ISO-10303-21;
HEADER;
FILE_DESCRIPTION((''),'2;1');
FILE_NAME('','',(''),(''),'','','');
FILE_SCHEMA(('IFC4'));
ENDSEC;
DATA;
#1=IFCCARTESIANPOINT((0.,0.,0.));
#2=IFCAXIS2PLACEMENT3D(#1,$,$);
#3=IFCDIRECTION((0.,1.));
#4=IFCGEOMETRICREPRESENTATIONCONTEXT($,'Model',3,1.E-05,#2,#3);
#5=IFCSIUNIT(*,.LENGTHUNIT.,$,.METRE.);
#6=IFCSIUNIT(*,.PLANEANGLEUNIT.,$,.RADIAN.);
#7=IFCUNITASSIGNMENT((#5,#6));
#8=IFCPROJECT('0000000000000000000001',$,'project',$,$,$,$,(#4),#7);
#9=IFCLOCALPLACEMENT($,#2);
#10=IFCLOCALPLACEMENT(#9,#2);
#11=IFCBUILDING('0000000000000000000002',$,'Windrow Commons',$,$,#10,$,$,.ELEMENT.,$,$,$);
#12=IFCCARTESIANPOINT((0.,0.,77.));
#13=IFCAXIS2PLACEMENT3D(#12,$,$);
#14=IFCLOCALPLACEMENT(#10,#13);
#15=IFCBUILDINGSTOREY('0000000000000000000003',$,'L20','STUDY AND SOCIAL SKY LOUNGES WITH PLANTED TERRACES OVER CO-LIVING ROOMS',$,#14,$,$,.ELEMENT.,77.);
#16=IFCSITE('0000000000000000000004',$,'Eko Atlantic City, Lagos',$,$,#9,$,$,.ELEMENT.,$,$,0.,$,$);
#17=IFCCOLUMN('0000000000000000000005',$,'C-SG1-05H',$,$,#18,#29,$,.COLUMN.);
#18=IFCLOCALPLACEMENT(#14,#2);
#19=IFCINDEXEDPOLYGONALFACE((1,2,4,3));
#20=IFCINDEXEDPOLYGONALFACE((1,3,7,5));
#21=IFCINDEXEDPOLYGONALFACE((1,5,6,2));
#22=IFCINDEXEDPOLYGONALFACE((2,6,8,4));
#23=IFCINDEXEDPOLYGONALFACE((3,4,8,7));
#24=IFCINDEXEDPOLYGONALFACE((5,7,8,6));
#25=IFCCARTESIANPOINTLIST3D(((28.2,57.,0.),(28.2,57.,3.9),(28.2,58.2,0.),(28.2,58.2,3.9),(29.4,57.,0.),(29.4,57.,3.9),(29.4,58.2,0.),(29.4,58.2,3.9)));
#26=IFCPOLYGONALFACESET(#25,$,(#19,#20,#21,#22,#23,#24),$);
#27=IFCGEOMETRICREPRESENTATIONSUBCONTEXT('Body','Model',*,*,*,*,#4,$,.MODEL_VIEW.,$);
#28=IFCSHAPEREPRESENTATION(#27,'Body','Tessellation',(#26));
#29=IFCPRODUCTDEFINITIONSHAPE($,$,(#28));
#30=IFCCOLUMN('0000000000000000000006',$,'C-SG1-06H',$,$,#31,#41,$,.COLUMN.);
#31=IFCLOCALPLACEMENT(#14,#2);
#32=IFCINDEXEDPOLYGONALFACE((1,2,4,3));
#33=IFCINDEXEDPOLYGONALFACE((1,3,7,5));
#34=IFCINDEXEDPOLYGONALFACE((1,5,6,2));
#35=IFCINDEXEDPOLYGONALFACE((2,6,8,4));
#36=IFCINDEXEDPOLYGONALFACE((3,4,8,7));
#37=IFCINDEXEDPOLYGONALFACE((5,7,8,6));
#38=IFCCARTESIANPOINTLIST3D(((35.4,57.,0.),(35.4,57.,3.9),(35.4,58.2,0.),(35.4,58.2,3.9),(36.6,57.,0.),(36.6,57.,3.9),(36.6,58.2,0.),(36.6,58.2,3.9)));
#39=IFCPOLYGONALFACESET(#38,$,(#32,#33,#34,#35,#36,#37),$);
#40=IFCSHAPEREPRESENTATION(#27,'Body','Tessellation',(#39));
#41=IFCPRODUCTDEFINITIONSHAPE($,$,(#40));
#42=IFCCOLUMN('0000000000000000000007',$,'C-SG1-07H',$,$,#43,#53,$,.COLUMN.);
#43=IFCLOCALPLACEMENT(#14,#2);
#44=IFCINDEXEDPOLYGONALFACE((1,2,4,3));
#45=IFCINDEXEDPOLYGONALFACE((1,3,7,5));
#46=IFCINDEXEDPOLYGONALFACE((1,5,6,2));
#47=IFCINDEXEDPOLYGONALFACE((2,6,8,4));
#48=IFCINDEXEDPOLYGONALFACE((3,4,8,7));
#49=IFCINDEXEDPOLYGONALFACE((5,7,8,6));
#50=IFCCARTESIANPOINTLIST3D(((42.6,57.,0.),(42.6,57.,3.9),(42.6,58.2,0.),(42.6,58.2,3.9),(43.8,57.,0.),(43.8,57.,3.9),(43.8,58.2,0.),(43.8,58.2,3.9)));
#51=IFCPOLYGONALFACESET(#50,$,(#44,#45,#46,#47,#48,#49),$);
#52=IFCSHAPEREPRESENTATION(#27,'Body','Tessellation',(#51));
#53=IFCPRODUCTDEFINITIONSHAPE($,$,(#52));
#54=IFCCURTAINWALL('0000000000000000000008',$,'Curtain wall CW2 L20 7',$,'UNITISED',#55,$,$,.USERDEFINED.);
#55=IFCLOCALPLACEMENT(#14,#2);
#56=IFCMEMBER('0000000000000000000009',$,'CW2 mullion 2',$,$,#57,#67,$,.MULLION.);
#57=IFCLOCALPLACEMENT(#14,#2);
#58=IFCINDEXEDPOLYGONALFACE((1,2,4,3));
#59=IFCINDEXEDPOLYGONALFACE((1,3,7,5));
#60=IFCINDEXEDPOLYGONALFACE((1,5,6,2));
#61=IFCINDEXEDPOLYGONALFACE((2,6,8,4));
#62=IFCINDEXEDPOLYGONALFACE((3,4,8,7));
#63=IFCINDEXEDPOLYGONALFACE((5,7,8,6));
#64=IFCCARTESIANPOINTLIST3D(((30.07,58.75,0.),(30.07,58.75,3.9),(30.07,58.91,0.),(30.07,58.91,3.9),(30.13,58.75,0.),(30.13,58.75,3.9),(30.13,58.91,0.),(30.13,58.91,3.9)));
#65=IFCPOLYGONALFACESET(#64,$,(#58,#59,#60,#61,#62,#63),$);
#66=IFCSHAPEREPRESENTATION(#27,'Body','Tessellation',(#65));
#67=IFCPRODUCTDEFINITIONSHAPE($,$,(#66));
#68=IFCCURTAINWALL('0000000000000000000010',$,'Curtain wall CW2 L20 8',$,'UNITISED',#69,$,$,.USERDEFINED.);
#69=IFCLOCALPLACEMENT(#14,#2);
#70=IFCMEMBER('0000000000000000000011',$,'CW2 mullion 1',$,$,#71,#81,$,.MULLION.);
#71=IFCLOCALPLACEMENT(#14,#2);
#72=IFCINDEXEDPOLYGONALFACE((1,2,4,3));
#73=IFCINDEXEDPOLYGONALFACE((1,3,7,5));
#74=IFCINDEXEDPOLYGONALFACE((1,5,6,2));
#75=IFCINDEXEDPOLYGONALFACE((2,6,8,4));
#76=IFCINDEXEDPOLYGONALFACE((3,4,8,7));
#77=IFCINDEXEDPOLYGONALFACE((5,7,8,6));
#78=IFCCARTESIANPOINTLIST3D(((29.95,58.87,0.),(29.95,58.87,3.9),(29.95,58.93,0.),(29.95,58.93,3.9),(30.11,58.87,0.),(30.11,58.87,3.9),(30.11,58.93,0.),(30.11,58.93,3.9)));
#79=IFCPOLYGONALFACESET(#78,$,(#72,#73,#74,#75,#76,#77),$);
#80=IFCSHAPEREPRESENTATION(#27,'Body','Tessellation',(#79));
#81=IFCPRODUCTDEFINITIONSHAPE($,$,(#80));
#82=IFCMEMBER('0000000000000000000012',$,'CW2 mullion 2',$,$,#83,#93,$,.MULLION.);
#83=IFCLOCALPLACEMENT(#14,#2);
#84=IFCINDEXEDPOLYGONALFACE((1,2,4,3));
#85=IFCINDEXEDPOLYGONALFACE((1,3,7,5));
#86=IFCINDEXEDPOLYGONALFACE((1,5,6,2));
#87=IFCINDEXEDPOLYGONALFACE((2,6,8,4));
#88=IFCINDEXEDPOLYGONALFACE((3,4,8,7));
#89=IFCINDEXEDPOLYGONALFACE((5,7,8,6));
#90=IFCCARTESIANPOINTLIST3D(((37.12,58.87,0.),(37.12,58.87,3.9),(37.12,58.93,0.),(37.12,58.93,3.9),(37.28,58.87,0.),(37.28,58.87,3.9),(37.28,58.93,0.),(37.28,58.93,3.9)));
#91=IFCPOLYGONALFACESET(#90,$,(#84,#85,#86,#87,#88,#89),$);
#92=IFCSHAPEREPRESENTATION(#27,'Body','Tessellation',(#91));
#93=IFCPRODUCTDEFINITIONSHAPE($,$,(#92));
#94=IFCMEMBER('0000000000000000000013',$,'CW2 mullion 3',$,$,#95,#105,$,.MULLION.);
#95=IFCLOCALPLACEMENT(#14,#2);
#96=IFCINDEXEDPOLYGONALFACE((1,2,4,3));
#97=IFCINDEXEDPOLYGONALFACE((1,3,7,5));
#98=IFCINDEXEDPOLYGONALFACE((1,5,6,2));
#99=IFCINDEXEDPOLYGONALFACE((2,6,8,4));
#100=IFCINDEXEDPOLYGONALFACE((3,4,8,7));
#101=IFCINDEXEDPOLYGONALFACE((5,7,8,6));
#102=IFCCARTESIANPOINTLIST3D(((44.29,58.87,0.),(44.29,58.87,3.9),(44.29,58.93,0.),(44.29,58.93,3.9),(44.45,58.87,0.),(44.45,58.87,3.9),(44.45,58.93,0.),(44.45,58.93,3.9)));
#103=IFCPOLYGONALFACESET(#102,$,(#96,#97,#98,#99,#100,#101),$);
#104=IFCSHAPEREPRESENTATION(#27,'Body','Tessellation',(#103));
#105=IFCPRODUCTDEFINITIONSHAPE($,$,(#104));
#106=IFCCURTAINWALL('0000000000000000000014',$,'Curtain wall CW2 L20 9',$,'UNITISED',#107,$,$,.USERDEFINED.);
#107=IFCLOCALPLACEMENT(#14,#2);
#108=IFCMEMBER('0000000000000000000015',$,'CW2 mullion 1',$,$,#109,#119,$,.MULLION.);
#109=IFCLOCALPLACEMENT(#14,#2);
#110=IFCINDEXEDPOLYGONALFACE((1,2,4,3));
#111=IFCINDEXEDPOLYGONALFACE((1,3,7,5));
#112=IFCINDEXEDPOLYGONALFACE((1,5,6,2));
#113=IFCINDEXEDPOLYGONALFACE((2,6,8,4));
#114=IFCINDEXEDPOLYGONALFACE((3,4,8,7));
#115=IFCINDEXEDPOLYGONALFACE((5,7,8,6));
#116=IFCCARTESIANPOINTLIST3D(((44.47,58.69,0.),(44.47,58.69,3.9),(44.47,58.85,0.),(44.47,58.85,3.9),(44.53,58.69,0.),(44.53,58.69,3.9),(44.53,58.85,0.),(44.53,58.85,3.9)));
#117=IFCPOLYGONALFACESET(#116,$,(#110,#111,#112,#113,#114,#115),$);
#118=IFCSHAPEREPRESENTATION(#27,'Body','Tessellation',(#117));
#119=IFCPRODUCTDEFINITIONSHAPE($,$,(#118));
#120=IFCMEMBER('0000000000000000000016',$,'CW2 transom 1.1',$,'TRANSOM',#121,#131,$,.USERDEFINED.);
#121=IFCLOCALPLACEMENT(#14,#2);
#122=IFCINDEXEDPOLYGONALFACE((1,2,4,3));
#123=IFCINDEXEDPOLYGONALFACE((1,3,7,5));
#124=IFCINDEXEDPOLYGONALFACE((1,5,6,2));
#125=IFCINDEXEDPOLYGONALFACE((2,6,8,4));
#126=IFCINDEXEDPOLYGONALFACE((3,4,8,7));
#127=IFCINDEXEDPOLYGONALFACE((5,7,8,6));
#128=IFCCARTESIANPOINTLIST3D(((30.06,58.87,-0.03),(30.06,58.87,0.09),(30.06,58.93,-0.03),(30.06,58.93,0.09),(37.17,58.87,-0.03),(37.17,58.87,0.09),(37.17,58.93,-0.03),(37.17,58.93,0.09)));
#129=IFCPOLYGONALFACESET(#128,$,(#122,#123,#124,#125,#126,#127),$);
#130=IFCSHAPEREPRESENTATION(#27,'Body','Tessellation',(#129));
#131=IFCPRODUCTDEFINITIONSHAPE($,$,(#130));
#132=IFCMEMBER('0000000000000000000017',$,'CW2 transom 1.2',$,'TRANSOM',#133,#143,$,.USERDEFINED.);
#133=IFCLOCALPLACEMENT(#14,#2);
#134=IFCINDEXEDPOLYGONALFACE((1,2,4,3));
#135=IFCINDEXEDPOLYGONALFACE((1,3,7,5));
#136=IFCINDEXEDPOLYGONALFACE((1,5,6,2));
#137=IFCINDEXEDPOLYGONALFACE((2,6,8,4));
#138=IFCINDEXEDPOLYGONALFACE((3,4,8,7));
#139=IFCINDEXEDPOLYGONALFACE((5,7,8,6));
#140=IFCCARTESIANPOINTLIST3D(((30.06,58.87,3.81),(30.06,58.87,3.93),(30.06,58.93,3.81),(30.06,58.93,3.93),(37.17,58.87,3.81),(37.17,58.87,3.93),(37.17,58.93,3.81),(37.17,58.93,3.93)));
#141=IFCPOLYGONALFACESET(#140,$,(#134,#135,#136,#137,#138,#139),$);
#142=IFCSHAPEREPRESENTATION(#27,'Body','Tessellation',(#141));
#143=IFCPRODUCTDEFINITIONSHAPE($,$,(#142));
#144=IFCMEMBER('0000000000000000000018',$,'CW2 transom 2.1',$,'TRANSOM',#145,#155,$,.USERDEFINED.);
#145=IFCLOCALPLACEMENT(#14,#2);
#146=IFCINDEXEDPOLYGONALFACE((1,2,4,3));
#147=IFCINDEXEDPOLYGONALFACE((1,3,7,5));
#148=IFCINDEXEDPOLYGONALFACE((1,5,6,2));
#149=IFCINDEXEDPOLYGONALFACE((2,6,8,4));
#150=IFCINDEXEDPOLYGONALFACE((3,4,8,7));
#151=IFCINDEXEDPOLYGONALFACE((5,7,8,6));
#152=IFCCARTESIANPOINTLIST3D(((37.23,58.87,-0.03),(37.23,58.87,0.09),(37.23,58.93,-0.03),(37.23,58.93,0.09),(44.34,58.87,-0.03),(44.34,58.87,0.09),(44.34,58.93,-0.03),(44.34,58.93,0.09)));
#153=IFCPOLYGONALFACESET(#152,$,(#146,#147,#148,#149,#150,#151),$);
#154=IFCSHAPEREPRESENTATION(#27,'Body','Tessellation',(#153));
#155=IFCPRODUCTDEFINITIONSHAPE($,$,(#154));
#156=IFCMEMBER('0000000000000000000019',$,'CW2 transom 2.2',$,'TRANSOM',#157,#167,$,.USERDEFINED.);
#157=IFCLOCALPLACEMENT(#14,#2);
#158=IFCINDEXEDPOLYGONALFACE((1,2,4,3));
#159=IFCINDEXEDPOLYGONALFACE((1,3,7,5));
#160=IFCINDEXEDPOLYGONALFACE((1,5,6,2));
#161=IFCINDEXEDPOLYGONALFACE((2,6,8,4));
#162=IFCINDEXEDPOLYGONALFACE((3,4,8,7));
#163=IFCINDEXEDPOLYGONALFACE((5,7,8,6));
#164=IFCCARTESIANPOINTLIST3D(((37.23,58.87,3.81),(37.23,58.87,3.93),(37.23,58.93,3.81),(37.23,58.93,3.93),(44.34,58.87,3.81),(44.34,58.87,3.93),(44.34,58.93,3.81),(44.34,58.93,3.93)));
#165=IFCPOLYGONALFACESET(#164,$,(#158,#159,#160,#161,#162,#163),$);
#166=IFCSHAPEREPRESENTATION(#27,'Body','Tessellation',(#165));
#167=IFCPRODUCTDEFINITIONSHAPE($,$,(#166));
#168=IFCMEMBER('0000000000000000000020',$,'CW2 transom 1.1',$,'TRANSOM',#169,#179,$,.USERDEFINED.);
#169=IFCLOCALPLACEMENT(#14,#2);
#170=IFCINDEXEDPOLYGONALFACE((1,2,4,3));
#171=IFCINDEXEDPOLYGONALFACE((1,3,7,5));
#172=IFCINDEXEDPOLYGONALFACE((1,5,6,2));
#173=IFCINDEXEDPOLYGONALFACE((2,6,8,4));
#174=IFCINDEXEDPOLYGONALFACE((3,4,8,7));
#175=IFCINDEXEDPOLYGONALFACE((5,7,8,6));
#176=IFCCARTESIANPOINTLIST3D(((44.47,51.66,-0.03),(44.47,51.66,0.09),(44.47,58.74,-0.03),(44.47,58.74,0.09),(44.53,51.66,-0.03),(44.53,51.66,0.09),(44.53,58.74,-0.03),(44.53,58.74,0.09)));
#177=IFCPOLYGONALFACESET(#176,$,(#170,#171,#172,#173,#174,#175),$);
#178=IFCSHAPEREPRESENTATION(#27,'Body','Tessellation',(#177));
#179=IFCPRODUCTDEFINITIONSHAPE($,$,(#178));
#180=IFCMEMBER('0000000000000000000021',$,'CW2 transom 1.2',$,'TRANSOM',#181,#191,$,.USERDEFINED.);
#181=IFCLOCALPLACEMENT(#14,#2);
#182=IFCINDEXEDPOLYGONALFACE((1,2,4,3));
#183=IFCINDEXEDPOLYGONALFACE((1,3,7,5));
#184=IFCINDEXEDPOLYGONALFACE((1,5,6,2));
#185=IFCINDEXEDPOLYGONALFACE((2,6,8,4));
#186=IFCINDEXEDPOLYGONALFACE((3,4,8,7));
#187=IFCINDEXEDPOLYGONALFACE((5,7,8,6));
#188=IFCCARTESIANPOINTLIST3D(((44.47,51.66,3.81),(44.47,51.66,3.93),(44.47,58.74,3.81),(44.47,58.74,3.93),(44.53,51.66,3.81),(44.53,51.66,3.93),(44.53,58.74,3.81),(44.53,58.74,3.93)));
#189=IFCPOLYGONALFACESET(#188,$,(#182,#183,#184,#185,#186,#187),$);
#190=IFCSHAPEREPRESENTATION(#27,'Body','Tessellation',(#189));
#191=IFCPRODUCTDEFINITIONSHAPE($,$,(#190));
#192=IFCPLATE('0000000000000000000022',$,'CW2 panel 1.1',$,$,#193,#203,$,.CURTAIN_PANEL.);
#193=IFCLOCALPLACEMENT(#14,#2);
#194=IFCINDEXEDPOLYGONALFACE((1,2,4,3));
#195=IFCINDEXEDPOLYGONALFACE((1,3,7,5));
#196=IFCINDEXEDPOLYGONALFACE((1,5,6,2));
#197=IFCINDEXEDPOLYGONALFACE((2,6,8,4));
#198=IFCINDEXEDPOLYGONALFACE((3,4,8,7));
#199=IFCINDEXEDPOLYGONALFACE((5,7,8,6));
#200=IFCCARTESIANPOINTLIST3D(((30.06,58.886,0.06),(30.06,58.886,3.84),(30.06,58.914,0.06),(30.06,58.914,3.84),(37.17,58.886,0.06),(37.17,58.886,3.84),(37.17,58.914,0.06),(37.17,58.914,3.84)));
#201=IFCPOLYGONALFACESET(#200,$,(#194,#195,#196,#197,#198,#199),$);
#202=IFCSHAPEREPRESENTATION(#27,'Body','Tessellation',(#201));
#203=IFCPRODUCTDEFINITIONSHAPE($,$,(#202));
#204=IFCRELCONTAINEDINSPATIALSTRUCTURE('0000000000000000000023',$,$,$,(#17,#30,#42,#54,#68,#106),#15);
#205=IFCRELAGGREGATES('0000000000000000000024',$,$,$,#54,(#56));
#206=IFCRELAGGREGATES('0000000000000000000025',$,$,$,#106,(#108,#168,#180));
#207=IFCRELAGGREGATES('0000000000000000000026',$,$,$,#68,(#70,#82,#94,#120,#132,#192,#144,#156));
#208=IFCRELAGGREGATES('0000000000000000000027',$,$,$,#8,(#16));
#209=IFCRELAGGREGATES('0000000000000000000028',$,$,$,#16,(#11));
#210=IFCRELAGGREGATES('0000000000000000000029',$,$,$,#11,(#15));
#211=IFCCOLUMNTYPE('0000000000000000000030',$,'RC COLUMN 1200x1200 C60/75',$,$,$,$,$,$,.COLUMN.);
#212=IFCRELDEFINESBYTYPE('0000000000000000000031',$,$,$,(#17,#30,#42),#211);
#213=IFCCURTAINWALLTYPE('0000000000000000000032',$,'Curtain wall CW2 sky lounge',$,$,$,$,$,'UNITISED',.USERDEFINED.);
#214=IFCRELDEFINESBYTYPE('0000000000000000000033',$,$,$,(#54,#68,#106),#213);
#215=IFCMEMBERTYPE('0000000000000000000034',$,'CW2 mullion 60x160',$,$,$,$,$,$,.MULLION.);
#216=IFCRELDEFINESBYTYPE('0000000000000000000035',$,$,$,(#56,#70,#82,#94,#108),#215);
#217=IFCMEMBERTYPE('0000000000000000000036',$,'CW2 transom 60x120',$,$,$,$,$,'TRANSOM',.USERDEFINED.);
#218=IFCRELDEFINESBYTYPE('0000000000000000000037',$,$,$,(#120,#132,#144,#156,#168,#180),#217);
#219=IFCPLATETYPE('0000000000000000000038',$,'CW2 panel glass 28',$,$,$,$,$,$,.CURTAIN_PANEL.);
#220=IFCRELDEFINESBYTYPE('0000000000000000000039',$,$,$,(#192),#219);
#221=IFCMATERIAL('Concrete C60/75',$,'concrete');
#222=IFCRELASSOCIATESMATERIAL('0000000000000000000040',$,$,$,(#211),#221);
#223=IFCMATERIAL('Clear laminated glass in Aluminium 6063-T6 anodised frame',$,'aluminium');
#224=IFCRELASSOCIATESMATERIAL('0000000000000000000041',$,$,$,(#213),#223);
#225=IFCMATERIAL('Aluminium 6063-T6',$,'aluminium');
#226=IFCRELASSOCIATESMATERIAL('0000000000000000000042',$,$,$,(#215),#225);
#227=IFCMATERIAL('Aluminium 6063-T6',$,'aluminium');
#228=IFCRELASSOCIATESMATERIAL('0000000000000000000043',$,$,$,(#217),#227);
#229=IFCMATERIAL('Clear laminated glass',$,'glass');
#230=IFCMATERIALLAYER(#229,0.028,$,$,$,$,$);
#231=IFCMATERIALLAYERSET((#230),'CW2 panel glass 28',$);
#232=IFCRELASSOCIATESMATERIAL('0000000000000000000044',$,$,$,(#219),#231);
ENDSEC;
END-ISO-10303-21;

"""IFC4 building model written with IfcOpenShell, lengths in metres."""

from ifc_helpers import new_model, si_unit, direction, frame, origin, origin_2d, place, context, subcontext, project, spatial, rectangle, extrude, material, layer, layer_set, material_profile, profile_set, type_object, element, aggregate, save


model = new_model("IFC4")

# Units and contexts
model_context = context("Model", 3, precision=1e-05, world=origin(), true_north=direction((0.0, 1.0)))
body_context = subcontext(model_context, "Body", "Model", "MODEL_VIEW")
ifc_project = project(units=[si_unit("LENGTHUNIT", "METRE"), si_unit("PLANEANGLEUNIT", "RADIAN")], contexts=[model_context])

# Site, building, storey
site_placement = place(None, origin())
site = spatial("IfcSite", under=ifc_project, at=site_placement, Name="Eko Atlantic City, Lagos", CompositionType="ELEMENT", RefElevation=0.0)
building_placement = place(site_placement, origin())
building = spatial("IfcBuilding", under=site, at=building_placement, Name="Windrow Commons", CompositionType="ELEMENT")
storey_placement = place(building_placement, frame((0.0, 0.0, 77.0)))
storey = spatial("IfcBuildingStorey", under=building, at=storey_placement, Name="L20", Description="STUDY AND SOCIAL SKY LOUNGES WITH PLANTED TERRACES OVER CO-LIVING ROOMS", CompositionType="ELEMENT", Elevation=77.0)

# Columns
ifc_material_1 = material(Name="Concrete C60/75", Category="concrete")
ifc_material_profile_1 = material_profile(ifc_material_1, rectangle(XDim=1.2, YDim=1.2, at=origin_2d()))
ifc_profile_set_1 = profile_set([ifc_material_profile_1], Name="Concrete C60/75")
column_type = type_object("IfcColumnType", Name="RC COLUMN 1200x1200 C60/75", PredefinedType="COLUMN", material=ifc_profile_set_1)
for number, where, z_axis, x_axis, name in (
    (1, (28.8, 57.6, 0.0), (0.0, 0.0, 1.0), (1.0, 0.0, 0.0), "C-SG1-05H"),
    (2, (36.0, 57.6, 0.0), (0.0, 0.0, 1.0), (1.0, 0.0, 0.0), "C-SG1-06H"),
    (3, (43.2, 57.6, 0.0), (0.0, 0.0, 1.0), (1.0, 0.0, 0.0), "C-SG1-07H"),
):
    element("IfcColumn", number, at=place(storey_placement, frame(where, z_axis=z_axis, x_axis=x_axis)), inside=storey, type_object=column_type, Name=name, PredefinedType="COLUMN", context=body_context, shape_type="SweptSolid", body=[
        extrude(rectangle(XDim=1.2, YDim=1.2, at=origin_2d()), origin(), (0.0, 0.0, 1.0), 3.9),
    ])

# Curtain wall, member
ifc_material_2 = material(Name="Clear laminated glass in Aluminium 6063-T6 anodised frame", Category="aluminium")
curtain_wall_type = type_object("IfcCurtainWallType", Name="Curtain wall CW2 sky lounge", ElementType="UNITISED", PredefinedType="USERDEFINED", material=ifc_material_2)
placement = place(storey_placement, origin())
curtain_wall_1 = element("IfcCurtainWall", 4, at=placement, inside=storey, type_object=curtain_wall_type, Name="Curtain wall CW2 L20 7", ObjectType="UNITISED", PredefinedType="USERDEFINED")
ifc_material_3 = material(Name="Aluminium 6063-T6", Category="aluminium")
ifc_material_profile_2 = material_profile(ifc_material_3, rectangle(XDim=0.06, YDim=0.16, at=origin_2d()))
ifc_profile_set_2 = profile_set([ifc_material_profile_2], Name="Aluminium 6063-T6")
member_type_1 = type_object("IfcMemberType", Name="CW2 mullion 60x160", PredefinedType="MULLION", material=ifc_profile_set_2)
member_1_placement = place(storey_placement, frame((30.1, 58.83, 0.0), z_axis=(0.0, 0.0, 1.0), x_axis=(1.0, 0.0, 0.0)))
member_1 = element("IfcMember", 5, at=member_1_placement, type_object=member_type_1, Name="CW2 mullion 2", PredefinedType="MULLION", context=body_context, shape_type="SweptSolid", body=[
    extrude(rectangle(XDim=0.06, YDim=0.16, at=origin_2d()), origin(), (0.0, 0.0, 1.0), 3.9),
])
aggregate(curtain_wall_1, [member_1])

# Curtain wall, members
curtain_wall_2 = element("IfcCurtainWall", 6, at=placement, inside=storey, type_object=curtain_wall_type, Name="Curtain wall CW2 L20 8", ObjectType="UNITISED", PredefinedType="USERDEFINED")
member_2_placement = place(storey_placement, frame((30.03, 58.9, 0.0), z_axis=(0.0, 0.0, 1.0), x_axis=(0.0, 1.0, 0.0)))
member_2 = element("IfcMember", 7, at=member_2_placement, type_object=member_type_1, Name="CW2 mullion 1", PredefinedType="MULLION", context=body_context, shape_type="SweptSolid", body=[
    extrude(rectangle(XDim=0.06, YDim=0.16, at=origin_2d()), origin(), (0.0, 0.0, 1.0), 3.9),
])
member_3_placement = place(storey_placement, frame((37.2, 58.9, 0.0), z_axis=(0.0, 0.0, 1.0), x_axis=(0.0, 1.0, 0.0)))
member_3 = element("IfcMember", 8, at=member_3_placement, type_object=member_type_1, Name="CW2 mullion 2", PredefinedType="MULLION", context=body_context, shape_type="SweptSolid", body=[
    extrude(rectangle(XDim=0.06, YDim=0.16, at=origin_2d()), origin(), (0.0, 0.0, 1.0), 3.9),
])
member_4_placement = place(storey_placement, frame((44.37, 58.9, 0.0), z_axis=(0.0, 0.0, 1.0), x_axis=(0.0, 1.0, 0.0)))
member_4 = element("IfcMember", 9, at=member_4_placement, type_object=member_type_1, Name="CW2 mullion 3", PredefinedType="MULLION", context=body_context, shape_type="SweptSolid", body=[
    extrude(rectangle(XDim=0.06, YDim=0.16, at=origin_2d()), origin(), (0.0, 0.0, 1.0), 3.9),
])

# Curtain wall, member
curtain_wall_3 = element("IfcCurtainWall", 10, at=placement, inside=storey, type_object=curtain_wall_type, Name="Curtain wall CW2 L20 9", ObjectType="UNITISED", PredefinedType="USERDEFINED")
member_5_placement = place(storey_placement, frame((44.5, 58.77, 0.0), z_axis=(0.0, 0.0, 1.0), x_axis=(1.0, 0.0, 0.0)))
member_5 = element("IfcMember", 11, at=member_5_placement, type_object=member_type_1, Name="CW2 mullion 1", PredefinedType="MULLION", context=body_context, shape_type="SweptSolid", body=[
    extrude(rectangle(XDim=0.06, YDim=0.16, at=origin_2d()), origin(), (0.0, 0.0, 1.0), 3.9),
])

# Members
ifc_material_4 = material(Name="Aluminium 6063-T6", Category="aluminium")
ifc_material_profile_3 = material_profile(ifc_material_4, rectangle(XDim=0.06, YDim=0.12, at=origin_2d()))
ifc_profile_set_3 = profile_set([ifc_material_profile_3], Name="Aluminium 6063-T6")
member_type_2 = type_object("IfcMemberType", Name="CW2 transom 60x120", ElementType="TRANSOM", PredefinedType="USERDEFINED", material=ifc_profile_set_3)
member_6_placement = place(storey_placement, frame((30.06, 58.9, 0.03), z_axis=(1.0, 0.0, 0.0), x_axis=(0.0, 1.0, 0.0)))
member_6 = element("IfcMember", 12, at=member_6_placement, type_object=member_type_2, Name="CW2 transom 1.1", ObjectType="TRANSOM", PredefinedType="USERDEFINED", context=body_context, shape_type="SweptSolid", body=[
    extrude(rectangle(XDim=0.06, YDim=0.12, at=origin_2d()), origin(), (0.0, 0.0, 1.0), 7.11),
])
member_7_placement = place(storey_placement, frame((30.06, 58.9, 3.87), z_axis=(1.0, 0.0, 0.0), x_axis=(0.0, 1.0, 0.0)))
member_7 = element("IfcMember", 13, at=member_7_placement, type_object=member_type_2, Name="CW2 transom 1.2", ObjectType="TRANSOM", PredefinedType="USERDEFINED", context=body_context, shape_type="SweptSolid", body=[
    extrude(rectangle(XDim=0.06, YDim=0.12, at=origin_2d()), origin(), (0.0, 0.0, 1.0), 7.11),
])
member_8_placement = place(storey_placement, frame((37.23, 58.9, 0.03), z_axis=(1.0, 0.0, 0.0), x_axis=(0.0, 1.0, 0.0)))
member_8 = element("IfcMember", 14, at=member_8_placement, type_object=member_type_2, Name="CW2 transom 2.1", ObjectType="TRANSOM", PredefinedType="USERDEFINED", context=body_context, shape_type="SweptSolid", body=[
    extrude(rectangle(XDim=0.06, YDim=0.12, at=origin_2d()), origin(), (0.0, 0.0, 1.0), 7.11),
])
member_9_placement = place(storey_placement, frame((37.23, 58.9, 3.87), z_axis=(1.0, 0.0, 0.0), x_axis=(0.0, 1.0, 0.0)))
member_9 = element("IfcMember", 15, at=member_9_placement, type_object=member_type_2, Name="CW2 transom 2.2", ObjectType="TRANSOM", PredefinedType="USERDEFINED", context=body_context, shape_type="SweptSolid", body=[
    extrude(rectangle(XDim=0.06, YDim=0.12, at=origin_2d()), origin(), (0.0, 0.0, 1.0), 7.11),
])
member_10_placement = place(storey_placement, frame((44.5, 58.74, 0.03), z_axis=(0.0, -1.0, 0.0), x_axis=(1.0, 0.0, 0.0)))
member_10 = element("IfcMember", 16, at=member_10_placement, type_object=member_type_2, Name="CW2 transom 1.1", ObjectType="TRANSOM", PredefinedType="USERDEFINED", context=body_context, shape_type="SweptSolid", body=[
    extrude(rectangle(XDim=0.06, YDim=0.12, at=origin_2d()), origin(), (0.0, 0.0, 1.0), 7.08),
])
member_11_placement = place(storey_placement, frame((44.5, 58.74, 3.87), z_axis=(0.0, -1.0, 0.0), x_axis=(1.0, 0.0, 0.0)))
member_11 = element("IfcMember", 17, at=member_11_placement, type_object=member_type_2, Name="CW2 transom 1.2", ObjectType="TRANSOM", PredefinedType="USERDEFINED", context=body_context, shape_type="SweptSolid", body=[
    extrude(rectangle(XDim=0.06, YDim=0.12, at=origin_2d()), origin(), (0.0, 0.0, 1.0), 7.08),
])
aggregate(curtain_wall_3, [member_5, member_10, member_11])

# Plate
ifc_material_5 = material(Name="Clear laminated glass", Category="glass")
ifc_layer_1 = layer(ifc_material_5, 0.028)
ifc_layer_set_1 = layer_set([ifc_layer_1], Name="CW2 panel glass 28")
plate_type = type_object("IfcPlateType", Name="CW2 panel glass 28", PredefinedType="CURTAIN_PANEL", material=ifc_layer_set_1)
plate_1_placement = place(storey_placement, frame((33.615, 58.9, 0.06), z_axis=(0.0, 0.0, 1.0), x_axis=(1.0, 0.0, 0.0)))
plate_1 = element("IfcPlate", 18, at=plate_1_placement, type_object=plate_type, Name="CW2 panel 1.1", PredefinedType="CURTAIN_PANEL", context=body_context, shape_type="SweptSolid", body=[
    extrude(rectangle(XDim=7.11, YDim=0.028, at=origin_2d()), origin(), (0.0, 0.0, 1.0), 3.78),
])
aggregate(curtain_wall_2, [member_2, member_3, member_4, member_6, member_7, plate_1, member_8, member_9])

save(model, "model.ifc")
